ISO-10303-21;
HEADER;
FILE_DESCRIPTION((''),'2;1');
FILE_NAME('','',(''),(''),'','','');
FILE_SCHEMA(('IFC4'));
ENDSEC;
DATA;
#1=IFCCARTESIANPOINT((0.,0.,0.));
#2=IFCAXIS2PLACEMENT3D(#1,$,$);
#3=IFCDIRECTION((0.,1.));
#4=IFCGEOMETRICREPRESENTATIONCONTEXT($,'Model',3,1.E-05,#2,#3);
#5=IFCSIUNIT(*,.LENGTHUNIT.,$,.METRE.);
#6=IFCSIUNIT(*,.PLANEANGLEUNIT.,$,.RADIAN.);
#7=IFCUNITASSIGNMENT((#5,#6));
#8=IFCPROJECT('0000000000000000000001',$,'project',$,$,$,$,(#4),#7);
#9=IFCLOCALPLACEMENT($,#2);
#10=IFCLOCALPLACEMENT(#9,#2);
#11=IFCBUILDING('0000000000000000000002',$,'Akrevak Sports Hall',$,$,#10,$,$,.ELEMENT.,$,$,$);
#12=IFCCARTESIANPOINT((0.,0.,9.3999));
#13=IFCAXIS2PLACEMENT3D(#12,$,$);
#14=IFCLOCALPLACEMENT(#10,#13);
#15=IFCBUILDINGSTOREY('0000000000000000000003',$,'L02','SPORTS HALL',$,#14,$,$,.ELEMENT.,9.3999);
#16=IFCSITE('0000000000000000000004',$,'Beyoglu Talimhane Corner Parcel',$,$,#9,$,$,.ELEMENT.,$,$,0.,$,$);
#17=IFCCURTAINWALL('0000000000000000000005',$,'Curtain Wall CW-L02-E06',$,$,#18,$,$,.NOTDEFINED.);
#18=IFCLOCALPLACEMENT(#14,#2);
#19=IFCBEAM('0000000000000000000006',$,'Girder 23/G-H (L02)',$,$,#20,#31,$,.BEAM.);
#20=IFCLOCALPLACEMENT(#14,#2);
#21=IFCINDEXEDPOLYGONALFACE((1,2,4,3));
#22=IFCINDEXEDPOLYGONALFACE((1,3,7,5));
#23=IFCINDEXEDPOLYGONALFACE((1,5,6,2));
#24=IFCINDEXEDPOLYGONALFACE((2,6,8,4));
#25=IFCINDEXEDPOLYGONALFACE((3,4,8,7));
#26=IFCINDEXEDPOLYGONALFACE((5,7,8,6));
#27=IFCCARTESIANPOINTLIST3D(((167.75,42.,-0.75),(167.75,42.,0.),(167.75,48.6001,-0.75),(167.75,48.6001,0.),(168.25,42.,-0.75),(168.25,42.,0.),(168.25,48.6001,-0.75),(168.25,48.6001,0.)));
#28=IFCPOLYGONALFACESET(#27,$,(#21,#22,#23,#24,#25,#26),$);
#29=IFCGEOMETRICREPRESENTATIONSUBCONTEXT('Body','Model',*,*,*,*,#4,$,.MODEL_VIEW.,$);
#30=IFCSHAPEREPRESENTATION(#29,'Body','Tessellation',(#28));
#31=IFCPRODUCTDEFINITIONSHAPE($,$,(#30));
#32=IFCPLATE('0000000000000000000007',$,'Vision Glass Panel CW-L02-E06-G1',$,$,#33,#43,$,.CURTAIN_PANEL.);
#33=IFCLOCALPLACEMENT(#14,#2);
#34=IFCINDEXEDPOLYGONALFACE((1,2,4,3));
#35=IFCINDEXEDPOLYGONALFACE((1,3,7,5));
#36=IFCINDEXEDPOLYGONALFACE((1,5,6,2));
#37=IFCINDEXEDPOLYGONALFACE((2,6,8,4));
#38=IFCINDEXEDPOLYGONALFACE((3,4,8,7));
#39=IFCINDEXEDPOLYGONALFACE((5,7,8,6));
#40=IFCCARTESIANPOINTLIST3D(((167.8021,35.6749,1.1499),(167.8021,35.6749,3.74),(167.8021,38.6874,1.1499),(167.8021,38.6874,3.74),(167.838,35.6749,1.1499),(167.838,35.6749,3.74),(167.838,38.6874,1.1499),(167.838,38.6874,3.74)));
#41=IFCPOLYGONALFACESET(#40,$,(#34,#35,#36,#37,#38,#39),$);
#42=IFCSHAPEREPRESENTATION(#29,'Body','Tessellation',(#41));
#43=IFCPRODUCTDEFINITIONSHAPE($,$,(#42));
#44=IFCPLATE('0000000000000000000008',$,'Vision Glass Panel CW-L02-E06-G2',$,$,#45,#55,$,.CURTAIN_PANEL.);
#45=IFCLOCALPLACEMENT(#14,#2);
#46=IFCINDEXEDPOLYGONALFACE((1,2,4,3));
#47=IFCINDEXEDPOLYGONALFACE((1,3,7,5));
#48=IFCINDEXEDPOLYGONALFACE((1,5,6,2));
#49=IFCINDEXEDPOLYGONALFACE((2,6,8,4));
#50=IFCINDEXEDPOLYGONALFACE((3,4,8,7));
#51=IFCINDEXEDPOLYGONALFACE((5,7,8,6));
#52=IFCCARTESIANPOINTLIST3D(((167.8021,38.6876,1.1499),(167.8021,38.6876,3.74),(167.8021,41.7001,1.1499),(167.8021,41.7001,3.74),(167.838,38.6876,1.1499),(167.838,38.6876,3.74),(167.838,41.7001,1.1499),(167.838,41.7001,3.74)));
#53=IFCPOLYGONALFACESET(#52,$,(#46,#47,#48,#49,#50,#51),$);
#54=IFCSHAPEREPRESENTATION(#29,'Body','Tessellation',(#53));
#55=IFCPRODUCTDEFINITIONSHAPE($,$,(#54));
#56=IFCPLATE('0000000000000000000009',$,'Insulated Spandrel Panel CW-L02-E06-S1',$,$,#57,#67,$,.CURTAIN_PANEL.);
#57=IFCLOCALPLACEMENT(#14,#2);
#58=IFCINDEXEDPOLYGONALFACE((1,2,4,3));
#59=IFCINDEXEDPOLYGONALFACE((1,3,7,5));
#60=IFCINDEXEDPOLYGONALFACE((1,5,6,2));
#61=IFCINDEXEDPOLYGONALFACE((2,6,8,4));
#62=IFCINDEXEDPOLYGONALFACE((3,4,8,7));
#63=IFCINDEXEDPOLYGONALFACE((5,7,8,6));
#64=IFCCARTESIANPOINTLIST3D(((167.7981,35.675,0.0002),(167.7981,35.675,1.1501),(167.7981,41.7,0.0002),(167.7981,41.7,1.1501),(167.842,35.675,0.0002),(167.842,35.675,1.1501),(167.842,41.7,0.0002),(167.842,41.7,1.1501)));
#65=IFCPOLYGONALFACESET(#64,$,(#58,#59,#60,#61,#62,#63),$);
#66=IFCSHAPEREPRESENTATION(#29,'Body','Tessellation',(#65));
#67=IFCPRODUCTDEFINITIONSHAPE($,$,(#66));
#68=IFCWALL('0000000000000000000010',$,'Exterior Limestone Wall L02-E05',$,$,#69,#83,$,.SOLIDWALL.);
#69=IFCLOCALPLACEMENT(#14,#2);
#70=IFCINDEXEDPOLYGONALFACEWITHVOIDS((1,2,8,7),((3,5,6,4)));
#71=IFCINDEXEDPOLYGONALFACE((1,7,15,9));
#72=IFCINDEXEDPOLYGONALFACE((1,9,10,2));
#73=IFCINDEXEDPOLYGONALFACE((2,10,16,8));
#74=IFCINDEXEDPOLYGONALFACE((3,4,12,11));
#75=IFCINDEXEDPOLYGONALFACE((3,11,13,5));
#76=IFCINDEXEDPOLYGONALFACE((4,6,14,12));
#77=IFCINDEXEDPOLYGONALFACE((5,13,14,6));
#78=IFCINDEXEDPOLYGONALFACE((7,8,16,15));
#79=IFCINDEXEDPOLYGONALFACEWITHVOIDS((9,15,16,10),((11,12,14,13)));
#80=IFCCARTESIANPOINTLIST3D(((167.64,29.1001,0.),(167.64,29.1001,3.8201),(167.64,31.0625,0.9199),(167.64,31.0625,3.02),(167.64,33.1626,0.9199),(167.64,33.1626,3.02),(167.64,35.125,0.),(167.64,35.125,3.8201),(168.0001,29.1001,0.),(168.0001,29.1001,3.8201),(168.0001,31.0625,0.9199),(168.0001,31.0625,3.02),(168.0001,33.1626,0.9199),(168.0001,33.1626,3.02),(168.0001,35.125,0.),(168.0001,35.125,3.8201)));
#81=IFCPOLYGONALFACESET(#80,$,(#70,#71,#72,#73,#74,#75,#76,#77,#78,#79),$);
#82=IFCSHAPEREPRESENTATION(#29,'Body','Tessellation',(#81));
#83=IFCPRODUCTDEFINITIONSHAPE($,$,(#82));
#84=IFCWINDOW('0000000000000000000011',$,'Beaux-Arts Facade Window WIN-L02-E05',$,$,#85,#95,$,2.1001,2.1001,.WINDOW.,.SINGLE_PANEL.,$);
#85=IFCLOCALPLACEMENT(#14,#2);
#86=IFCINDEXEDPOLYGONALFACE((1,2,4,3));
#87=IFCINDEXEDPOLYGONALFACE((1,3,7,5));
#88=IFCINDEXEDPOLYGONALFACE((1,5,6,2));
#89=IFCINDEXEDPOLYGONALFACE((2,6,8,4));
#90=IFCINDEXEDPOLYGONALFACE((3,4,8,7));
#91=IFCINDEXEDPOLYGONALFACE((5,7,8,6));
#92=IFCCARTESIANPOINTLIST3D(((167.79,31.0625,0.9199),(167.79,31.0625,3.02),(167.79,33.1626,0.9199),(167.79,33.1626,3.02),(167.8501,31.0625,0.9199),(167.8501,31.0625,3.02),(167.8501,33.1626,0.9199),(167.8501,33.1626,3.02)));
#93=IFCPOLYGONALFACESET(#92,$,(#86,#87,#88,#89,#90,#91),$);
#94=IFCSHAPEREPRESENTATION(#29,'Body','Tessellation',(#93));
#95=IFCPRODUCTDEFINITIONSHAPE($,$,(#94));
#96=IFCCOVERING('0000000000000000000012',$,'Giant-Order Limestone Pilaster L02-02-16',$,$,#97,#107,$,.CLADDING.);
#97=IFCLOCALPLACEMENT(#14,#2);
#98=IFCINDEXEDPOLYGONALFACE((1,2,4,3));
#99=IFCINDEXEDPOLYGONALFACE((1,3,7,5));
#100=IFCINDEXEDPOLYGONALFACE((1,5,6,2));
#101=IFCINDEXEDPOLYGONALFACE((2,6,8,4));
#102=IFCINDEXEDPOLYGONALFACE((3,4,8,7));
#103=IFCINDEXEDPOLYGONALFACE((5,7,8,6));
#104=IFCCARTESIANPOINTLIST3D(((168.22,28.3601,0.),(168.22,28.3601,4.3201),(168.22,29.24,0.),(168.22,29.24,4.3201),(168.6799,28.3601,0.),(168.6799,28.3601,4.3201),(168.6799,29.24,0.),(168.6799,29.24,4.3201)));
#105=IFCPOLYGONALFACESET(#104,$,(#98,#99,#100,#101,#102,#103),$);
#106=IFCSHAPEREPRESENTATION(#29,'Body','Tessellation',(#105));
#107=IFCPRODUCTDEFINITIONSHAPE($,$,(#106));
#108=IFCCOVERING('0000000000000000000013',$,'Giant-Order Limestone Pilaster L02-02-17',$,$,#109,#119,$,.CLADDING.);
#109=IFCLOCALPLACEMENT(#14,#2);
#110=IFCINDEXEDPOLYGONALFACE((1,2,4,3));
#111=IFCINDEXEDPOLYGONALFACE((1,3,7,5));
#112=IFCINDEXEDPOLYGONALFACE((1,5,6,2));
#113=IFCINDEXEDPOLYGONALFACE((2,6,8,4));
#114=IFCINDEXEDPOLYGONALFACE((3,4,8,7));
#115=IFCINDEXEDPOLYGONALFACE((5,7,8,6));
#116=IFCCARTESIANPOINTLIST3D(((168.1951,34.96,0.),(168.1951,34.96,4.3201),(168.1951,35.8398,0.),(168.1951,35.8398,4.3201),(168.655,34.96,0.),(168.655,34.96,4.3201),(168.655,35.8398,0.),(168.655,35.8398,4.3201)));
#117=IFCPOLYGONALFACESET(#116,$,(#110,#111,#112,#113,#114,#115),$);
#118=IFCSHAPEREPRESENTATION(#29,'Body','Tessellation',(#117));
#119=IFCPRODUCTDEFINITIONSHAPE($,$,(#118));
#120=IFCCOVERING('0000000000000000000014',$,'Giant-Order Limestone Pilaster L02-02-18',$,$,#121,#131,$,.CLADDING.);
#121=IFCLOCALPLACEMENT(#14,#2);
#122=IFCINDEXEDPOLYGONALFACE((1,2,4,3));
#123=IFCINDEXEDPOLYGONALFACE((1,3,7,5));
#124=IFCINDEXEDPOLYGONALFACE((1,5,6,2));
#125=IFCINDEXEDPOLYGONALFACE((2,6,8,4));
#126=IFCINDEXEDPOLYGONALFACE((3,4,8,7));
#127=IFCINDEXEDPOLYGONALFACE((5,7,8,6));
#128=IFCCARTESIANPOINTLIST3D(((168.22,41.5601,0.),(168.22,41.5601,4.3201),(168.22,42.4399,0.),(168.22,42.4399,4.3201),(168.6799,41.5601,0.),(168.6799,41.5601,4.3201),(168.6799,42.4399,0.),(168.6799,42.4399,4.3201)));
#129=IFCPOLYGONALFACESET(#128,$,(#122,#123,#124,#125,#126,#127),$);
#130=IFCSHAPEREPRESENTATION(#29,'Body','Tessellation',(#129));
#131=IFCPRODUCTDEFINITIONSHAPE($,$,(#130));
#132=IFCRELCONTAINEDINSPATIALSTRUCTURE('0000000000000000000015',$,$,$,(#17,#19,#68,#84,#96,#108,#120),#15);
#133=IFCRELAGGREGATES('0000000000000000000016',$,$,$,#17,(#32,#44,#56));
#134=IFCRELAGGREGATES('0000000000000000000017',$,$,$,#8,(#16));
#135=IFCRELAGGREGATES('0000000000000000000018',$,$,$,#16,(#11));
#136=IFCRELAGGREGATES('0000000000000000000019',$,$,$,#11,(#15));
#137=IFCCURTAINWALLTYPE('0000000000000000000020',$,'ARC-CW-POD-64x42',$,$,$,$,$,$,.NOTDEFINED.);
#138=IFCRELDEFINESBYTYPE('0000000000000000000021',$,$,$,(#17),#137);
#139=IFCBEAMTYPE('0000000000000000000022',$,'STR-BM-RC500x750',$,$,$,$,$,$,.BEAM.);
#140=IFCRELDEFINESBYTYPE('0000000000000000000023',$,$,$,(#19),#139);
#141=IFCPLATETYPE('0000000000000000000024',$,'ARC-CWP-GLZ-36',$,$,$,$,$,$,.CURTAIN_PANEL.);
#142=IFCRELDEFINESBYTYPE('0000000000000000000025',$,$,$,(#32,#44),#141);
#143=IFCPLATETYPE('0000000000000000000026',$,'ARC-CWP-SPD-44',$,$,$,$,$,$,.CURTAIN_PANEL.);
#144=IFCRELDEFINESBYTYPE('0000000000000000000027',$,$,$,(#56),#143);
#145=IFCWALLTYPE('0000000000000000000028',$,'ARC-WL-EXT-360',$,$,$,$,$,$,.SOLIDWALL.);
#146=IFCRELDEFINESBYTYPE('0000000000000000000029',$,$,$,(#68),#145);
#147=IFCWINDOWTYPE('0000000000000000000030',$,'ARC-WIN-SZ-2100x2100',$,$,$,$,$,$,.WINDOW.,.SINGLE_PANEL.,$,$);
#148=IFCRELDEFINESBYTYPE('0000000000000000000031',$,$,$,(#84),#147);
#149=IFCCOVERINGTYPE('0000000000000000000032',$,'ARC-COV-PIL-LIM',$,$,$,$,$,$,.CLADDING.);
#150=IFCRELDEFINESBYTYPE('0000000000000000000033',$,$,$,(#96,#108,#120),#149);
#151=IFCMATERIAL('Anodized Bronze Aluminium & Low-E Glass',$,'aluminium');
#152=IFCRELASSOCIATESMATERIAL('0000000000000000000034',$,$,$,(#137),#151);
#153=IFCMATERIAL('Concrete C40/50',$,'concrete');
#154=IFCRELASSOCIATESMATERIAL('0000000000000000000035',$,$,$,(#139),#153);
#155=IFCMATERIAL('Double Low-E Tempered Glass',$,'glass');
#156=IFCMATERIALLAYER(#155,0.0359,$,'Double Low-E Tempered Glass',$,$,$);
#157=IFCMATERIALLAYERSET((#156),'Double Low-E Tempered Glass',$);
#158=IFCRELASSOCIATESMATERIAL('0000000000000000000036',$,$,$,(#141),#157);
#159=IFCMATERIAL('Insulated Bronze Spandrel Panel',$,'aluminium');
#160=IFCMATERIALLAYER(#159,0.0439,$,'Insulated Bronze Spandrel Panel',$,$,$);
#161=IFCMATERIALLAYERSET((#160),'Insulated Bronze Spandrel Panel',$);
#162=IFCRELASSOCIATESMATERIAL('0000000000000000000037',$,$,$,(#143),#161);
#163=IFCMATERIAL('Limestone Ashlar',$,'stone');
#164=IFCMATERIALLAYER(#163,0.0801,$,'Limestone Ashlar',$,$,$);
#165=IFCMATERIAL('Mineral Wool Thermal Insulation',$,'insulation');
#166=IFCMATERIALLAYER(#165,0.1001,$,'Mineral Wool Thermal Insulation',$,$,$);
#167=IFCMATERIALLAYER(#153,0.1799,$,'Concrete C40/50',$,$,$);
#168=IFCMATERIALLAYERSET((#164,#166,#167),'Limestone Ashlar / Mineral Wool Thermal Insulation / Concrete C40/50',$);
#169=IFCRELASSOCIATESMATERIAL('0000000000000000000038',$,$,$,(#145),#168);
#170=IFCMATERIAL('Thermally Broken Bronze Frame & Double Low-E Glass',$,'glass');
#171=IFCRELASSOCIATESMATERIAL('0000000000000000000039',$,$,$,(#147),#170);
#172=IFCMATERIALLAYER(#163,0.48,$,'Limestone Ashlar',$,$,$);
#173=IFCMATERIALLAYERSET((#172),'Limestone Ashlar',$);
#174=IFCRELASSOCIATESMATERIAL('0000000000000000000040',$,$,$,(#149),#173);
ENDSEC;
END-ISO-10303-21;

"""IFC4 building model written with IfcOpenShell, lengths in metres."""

from ifc_helpers import new_model, si_unit, direction, frame, frame_2d, origin, origin_2d, place, context, subcontext, project, spatial, rectangle, extrude, material, layer, layer_set, material_profile, profile_set, type_object, element, fill, aggregate, save


model = new_model("IFC4")

# Units and contexts
model_context = context("Model", 3, precision=1e-05, world=origin(), true_north=direction((0.0, 1.0)))
body_context = subcontext(model_context, "Body", "Model", "MODEL_VIEW")
ifc_project = project(units=[si_unit("LENGTHUNIT", "METRE"), si_unit("PLANEANGLEUNIT", "RADIAN")], contexts=[model_context])

# Site, building, storey
site_placement = place(None, origin())
site = spatial("IfcSite", under=ifc_project, at=site_placement, Name="Beyoglu Talimhane Corner Parcel", CompositionType="ELEMENT", RefElevation=0.0)
building_placement = place(site_placement, origin())
building = spatial("IfcBuilding", under=site, at=building_placement, Name="Akrevak Sports Hall", CompositionType="ELEMENT")
storey_placement = place(building_placement, frame((0.0, 0.0, 9.3999)))
storey = spatial("IfcBuildingStorey", under=building, at=storey_placement, Name="L02", Description="SPORTS HALL", CompositionType="ELEMENT", Elevation=9.3999)

# Shared definitions
ifc_material_1 = material(Name="Concrete C40/50", Category="concrete")

# Curtain wall
ifc_material_2 = material(Name="Anodized Bronze Aluminium & Low-E Glass", Category="aluminium")
curtain_wall_type = type_object("IfcCurtainWallType", Name="ARC-CW-POD-64x42", PredefinedType="NOTDEFINED", material=ifc_material_2)
curtain_wall_1_placement = place(storey_placement, origin())
curtain_wall_1 = element("IfcCurtainWall", 1, at=curtain_wall_1_placement, inside=storey, type_object=curtain_wall_type, Name="Curtain Wall CW-L02-E06", PredefinedType="NOTDEFINED")

# Beam
ifc_material_profile_1 = material_profile(ifc_material_1, rectangle(XDim=0.5, YDim=0.75, at=origin_2d()), Name="BM 500x750", Category="concrete")
ifc_profile_set_1 = profile_set([ifc_material_profile_1], Name="Concrete C40/50")
beam_type = type_object("IfcBeamType", Name="STR-BM-RC500x750", PredefinedType="BEAM", material=ifc_profile_set_1)
for number, where, z_axis, x_axis, name in (
    (2, (168.0, 42.0, -0.375), (0.0, 1.0, 0.0), (-1.0, 0.0, 0.0), "Girder 23/G-H (L02)"),
):
    element("IfcBeam", number, at=place(storey_placement, frame(where, z_axis=z_axis, x_axis=x_axis)), inside=storey, type_object=beam_type, Name=name, PredefinedType="BEAM", context=body_context, shape_type="SweptSolid", body=[
        extrude(rectangle(XDim=0.5, YDim=0.75, at=origin_2d()), origin(), (0.0, 0.0, 1.0), 6.6001),
    ])

# Plates
ifc_material_3 = material(Name="Double Low-E Tempered Glass", Category="glass")
ifc_layer_1 = layer(ifc_material_3, 0.0359, Name="Double Low-E Tempered Glass")
ifc_layer_set_1 = layer_set([ifc_layer_1], Name="Double Low-E Tempered Glass")
plate_type_1 = type_object("IfcPlateType", Name="ARC-CWP-GLZ-36", PredefinedType="CURTAIN_PANEL", material=ifc_layer_set_1)
plate_1_placement = place(storey_placement, frame((167.8201, 37.1812, 1.1499), z_axis=(0.0, 0.0, 1.0), x_axis=(0.0, 1.0, 0.0)))
plate_1 = element("IfcPlate", 3, at=plate_1_placement, type_object=plate_type_1, Name="Vision Glass Panel CW-L02-E06-G1", PredefinedType="CURTAIN_PANEL", context=body_context, shape_type="SweptSolid", body=[
    extrude(rectangle(XDim=3.0125, YDim=0.0359, at=origin_2d()), origin(), (0.0, 0.0, 1.0), 2.5901),
])
plate_2_placement = place(storey_placement, frame((167.8201, 40.1938, 1.1499), z_axis=(0.0, 0.0, 1.0), x_axis=(0.0, 1.0, 0.0)))
plate_2 = element("IfcPlate", 4, at=plate_2_placement, type_object=plate_type_1, Name="Vision Glass Panel CW-L02-E06-G2", PredefinedType="CURTAIN_PANEL", context=body_context, shape_type="SweptSolid", body=[
    extrude(rectangle(XDim=3.0125, YDim=0.0359, at=origin_2d()), origin(), (0.0, 0.0, 1.0), 2.5901),
])
ifc_material_4 = material(Name="Insulated Bronze Spandrel Panel", Category="aluminium")
ifc_layer_2 = layer(ifc_material_4, 0.0439, Name="Insulated Bronze Spandrel Panel")
ifc_layer_set_2 = layer_set([ifc_layer_2], Name="Insulated Bronze Spandrel Panel")
plate_type_2 = type_object("IfcPlateType", Name="ARC-CWP-SPD-44", PredefinedType="CURTAIN_PANEL", material=ifc_layer_set_2)
plate_3_placement = place(storey_placement, frame((167.8201, 38.6875, 0.0002), z_axis=(0.0, 0.0, 1.0), x_axis=(0.0, 1.0, 0.0)))
plate_3 = element("IfcPlate", 5, at=plate_3_placement, type_object=plate_type_2, Name="Insulated Spandrel Panel CW-L02-E06-S1", PredefinedType="CURTAIN_PANEL", context=body_context, shape_type="SweptSolid", body=[
    extrude(rectangle(XDim=6.0249, YDim=0.0439, at=origin_2d()), origin(), (0.0, 0.0, 1.0), 1.1499),
])
aggregate(curtain_wall_1, [plate_1, plate_2, plate_3])

# Wall, opening, window
ifc_material_5 = material(Name="Limestone Ashlar", Category="stone")
ifc_layer_3 = layer(ifc_material_5, 0.0801, Name="Limestone Ashlar")
ifc_material_6 = material(Name="Mineral Wool Thermal Insulation", Category="insulation")
ifc_layer_4 = layer(ifc_material_6, 0.1001, Name="Mineral Wool Thermal Insulation")
ifc_layer_5 = layer(ifc_material_1, 0.1799, Name="Concrete C40/50")
ifc_layer_set_3 = layer_set([ifc_layer_3, ifc_layer_4, ifc_layer_5], Name="Limestone Ashlar / Mineral Wool Thermal Insulation / Concrete C40/50")
wall_type = type_object("IfcWallType", Name="ARC-WL-EXT-360", PredefinedType="SOLIDWALL", material=ifc_layer_set_3)
wall_placement = place(storey_placement, frame((167.8201, 29.1001, 0.0), z_axis=(0.0, 0.0, 1.0), x_axis=(0.0, 1.0, 0.0)))
wall = element("IfcWall", 6, at=wall_placement, inside=storey, type_object=wall_type, Name="Exterior Limestone Wall L02-E05", PredefinedType="SOLIDWALL", context=body_context, shape_type="SweptSolid", body=[
    extrude(rectangle(XDim=6.0249, YDim=0.3601, at=frame_2d((3.0125, 0.0))), origin(), (0.0, 0.0, 1.0), 3.8201),
])
opening_placement = place(wall_placement, frame((1.9624, 0.0, 0.9199)))
opening = element("IfcOpeningElement", 7, at=opening_placement, cuts=wall, PredefinedType="OPENING", context=body_context, shape_type="SweptSolid", body=[
    extrude(rectangle(XDim=2.1001, YDim=2.1001, at=frame_2d((1.05, 1.05))), frame((0.0, 0.1919, 0.0), z_axis=(0.0, -1.0, 0.0), x_axis=(1.0, 0.0, 0.0)), (0.0, 0.0, 1.0), 0.384),
])
ifc_material_7 = material(Name="Thermally Broken Bronze Frame & Double Low-E Glass", Category="glass")
window_type = type_object("IfcWindowType", Name="ARC-WIN-SZ-2100x2100", PartitioningType="SINGLE_PANEL", PredefinedType="WINDOW", material=ifc_material_7)
window_placement = place(opening_placement, origin())
window = element("IfcWindow", 8, at=window_placement, inside=storey, type_object=window_type, Name="Beaux-Arts Facade Window WIN-L02-E05", OverallHeight=2.1001, OverallWidth=2.1001, PartitioningType="SINGLE_PANEL", PredefinedType="WINDOW", context=body_context, shape_type="SweptSolid", body=[
    extrude(rectangle(XDim=2.1001, YDim=2.1001, at=frame_2d((1.05, 1.05))), frame((0.0, 0.03, 0.0), z_axis=(0.0, -1.0, 0.0), x_axis=(1.0, 0.0, 0.0)), (0.0, 0.0, 1.0), 0.0601),
])
fill(opening, window)

# Coverings
ifc_layer_6 = layer(ifc_material_5, 0.48, Name="Limestone Ashlar")
ifc_layer_set_4 = layer_set([ifc_layer_6], Name="Limestone Ashlar")
covering_type = type_object("IfcCoveringType", Name="ARC-COV-PIL-LIM", PredefinedType="CLADDING", material=ifc_layer_set_4)
for number, where, z_axis, x_axis, name in (
    (9, (168.45, 28.8, 0.0), (0.0, 0.0, 1.0), (0.0, 1.0, 0.0), "Giant-Order Limestone Pilaster L02-02-16"),
    (10, (168.425, 35.3999, 0.0), (0.0, 0.0, 1.0), (0.0, 1.0, 0.0), "Giant-Order Limestone Pilaster L02-02-17"),
    (11, (168.45, 42.0, 0.0), (0.0, 0.0, 1.0), (0.0, 1.0, 0.0), "Giant-Order Limestone Pilaster L02-02-18"),
):
    element("IfcCovering", number, at=place(storey_placement, frame(where, z_axis=z_axis, x_axis=x_axis)), inside=storey, type_object=covering_type, Name=name, PredefinedType="CLADDING", context=body_context, shape_type="SweptSolid", body=[
        extrude(rectangle(XDim=0.8799, YDim=0.46, at=origin_2d()), origin(), (0.0, 0.0, 1.0), 4.3201),
    ])

save(model, "model.ifc")
